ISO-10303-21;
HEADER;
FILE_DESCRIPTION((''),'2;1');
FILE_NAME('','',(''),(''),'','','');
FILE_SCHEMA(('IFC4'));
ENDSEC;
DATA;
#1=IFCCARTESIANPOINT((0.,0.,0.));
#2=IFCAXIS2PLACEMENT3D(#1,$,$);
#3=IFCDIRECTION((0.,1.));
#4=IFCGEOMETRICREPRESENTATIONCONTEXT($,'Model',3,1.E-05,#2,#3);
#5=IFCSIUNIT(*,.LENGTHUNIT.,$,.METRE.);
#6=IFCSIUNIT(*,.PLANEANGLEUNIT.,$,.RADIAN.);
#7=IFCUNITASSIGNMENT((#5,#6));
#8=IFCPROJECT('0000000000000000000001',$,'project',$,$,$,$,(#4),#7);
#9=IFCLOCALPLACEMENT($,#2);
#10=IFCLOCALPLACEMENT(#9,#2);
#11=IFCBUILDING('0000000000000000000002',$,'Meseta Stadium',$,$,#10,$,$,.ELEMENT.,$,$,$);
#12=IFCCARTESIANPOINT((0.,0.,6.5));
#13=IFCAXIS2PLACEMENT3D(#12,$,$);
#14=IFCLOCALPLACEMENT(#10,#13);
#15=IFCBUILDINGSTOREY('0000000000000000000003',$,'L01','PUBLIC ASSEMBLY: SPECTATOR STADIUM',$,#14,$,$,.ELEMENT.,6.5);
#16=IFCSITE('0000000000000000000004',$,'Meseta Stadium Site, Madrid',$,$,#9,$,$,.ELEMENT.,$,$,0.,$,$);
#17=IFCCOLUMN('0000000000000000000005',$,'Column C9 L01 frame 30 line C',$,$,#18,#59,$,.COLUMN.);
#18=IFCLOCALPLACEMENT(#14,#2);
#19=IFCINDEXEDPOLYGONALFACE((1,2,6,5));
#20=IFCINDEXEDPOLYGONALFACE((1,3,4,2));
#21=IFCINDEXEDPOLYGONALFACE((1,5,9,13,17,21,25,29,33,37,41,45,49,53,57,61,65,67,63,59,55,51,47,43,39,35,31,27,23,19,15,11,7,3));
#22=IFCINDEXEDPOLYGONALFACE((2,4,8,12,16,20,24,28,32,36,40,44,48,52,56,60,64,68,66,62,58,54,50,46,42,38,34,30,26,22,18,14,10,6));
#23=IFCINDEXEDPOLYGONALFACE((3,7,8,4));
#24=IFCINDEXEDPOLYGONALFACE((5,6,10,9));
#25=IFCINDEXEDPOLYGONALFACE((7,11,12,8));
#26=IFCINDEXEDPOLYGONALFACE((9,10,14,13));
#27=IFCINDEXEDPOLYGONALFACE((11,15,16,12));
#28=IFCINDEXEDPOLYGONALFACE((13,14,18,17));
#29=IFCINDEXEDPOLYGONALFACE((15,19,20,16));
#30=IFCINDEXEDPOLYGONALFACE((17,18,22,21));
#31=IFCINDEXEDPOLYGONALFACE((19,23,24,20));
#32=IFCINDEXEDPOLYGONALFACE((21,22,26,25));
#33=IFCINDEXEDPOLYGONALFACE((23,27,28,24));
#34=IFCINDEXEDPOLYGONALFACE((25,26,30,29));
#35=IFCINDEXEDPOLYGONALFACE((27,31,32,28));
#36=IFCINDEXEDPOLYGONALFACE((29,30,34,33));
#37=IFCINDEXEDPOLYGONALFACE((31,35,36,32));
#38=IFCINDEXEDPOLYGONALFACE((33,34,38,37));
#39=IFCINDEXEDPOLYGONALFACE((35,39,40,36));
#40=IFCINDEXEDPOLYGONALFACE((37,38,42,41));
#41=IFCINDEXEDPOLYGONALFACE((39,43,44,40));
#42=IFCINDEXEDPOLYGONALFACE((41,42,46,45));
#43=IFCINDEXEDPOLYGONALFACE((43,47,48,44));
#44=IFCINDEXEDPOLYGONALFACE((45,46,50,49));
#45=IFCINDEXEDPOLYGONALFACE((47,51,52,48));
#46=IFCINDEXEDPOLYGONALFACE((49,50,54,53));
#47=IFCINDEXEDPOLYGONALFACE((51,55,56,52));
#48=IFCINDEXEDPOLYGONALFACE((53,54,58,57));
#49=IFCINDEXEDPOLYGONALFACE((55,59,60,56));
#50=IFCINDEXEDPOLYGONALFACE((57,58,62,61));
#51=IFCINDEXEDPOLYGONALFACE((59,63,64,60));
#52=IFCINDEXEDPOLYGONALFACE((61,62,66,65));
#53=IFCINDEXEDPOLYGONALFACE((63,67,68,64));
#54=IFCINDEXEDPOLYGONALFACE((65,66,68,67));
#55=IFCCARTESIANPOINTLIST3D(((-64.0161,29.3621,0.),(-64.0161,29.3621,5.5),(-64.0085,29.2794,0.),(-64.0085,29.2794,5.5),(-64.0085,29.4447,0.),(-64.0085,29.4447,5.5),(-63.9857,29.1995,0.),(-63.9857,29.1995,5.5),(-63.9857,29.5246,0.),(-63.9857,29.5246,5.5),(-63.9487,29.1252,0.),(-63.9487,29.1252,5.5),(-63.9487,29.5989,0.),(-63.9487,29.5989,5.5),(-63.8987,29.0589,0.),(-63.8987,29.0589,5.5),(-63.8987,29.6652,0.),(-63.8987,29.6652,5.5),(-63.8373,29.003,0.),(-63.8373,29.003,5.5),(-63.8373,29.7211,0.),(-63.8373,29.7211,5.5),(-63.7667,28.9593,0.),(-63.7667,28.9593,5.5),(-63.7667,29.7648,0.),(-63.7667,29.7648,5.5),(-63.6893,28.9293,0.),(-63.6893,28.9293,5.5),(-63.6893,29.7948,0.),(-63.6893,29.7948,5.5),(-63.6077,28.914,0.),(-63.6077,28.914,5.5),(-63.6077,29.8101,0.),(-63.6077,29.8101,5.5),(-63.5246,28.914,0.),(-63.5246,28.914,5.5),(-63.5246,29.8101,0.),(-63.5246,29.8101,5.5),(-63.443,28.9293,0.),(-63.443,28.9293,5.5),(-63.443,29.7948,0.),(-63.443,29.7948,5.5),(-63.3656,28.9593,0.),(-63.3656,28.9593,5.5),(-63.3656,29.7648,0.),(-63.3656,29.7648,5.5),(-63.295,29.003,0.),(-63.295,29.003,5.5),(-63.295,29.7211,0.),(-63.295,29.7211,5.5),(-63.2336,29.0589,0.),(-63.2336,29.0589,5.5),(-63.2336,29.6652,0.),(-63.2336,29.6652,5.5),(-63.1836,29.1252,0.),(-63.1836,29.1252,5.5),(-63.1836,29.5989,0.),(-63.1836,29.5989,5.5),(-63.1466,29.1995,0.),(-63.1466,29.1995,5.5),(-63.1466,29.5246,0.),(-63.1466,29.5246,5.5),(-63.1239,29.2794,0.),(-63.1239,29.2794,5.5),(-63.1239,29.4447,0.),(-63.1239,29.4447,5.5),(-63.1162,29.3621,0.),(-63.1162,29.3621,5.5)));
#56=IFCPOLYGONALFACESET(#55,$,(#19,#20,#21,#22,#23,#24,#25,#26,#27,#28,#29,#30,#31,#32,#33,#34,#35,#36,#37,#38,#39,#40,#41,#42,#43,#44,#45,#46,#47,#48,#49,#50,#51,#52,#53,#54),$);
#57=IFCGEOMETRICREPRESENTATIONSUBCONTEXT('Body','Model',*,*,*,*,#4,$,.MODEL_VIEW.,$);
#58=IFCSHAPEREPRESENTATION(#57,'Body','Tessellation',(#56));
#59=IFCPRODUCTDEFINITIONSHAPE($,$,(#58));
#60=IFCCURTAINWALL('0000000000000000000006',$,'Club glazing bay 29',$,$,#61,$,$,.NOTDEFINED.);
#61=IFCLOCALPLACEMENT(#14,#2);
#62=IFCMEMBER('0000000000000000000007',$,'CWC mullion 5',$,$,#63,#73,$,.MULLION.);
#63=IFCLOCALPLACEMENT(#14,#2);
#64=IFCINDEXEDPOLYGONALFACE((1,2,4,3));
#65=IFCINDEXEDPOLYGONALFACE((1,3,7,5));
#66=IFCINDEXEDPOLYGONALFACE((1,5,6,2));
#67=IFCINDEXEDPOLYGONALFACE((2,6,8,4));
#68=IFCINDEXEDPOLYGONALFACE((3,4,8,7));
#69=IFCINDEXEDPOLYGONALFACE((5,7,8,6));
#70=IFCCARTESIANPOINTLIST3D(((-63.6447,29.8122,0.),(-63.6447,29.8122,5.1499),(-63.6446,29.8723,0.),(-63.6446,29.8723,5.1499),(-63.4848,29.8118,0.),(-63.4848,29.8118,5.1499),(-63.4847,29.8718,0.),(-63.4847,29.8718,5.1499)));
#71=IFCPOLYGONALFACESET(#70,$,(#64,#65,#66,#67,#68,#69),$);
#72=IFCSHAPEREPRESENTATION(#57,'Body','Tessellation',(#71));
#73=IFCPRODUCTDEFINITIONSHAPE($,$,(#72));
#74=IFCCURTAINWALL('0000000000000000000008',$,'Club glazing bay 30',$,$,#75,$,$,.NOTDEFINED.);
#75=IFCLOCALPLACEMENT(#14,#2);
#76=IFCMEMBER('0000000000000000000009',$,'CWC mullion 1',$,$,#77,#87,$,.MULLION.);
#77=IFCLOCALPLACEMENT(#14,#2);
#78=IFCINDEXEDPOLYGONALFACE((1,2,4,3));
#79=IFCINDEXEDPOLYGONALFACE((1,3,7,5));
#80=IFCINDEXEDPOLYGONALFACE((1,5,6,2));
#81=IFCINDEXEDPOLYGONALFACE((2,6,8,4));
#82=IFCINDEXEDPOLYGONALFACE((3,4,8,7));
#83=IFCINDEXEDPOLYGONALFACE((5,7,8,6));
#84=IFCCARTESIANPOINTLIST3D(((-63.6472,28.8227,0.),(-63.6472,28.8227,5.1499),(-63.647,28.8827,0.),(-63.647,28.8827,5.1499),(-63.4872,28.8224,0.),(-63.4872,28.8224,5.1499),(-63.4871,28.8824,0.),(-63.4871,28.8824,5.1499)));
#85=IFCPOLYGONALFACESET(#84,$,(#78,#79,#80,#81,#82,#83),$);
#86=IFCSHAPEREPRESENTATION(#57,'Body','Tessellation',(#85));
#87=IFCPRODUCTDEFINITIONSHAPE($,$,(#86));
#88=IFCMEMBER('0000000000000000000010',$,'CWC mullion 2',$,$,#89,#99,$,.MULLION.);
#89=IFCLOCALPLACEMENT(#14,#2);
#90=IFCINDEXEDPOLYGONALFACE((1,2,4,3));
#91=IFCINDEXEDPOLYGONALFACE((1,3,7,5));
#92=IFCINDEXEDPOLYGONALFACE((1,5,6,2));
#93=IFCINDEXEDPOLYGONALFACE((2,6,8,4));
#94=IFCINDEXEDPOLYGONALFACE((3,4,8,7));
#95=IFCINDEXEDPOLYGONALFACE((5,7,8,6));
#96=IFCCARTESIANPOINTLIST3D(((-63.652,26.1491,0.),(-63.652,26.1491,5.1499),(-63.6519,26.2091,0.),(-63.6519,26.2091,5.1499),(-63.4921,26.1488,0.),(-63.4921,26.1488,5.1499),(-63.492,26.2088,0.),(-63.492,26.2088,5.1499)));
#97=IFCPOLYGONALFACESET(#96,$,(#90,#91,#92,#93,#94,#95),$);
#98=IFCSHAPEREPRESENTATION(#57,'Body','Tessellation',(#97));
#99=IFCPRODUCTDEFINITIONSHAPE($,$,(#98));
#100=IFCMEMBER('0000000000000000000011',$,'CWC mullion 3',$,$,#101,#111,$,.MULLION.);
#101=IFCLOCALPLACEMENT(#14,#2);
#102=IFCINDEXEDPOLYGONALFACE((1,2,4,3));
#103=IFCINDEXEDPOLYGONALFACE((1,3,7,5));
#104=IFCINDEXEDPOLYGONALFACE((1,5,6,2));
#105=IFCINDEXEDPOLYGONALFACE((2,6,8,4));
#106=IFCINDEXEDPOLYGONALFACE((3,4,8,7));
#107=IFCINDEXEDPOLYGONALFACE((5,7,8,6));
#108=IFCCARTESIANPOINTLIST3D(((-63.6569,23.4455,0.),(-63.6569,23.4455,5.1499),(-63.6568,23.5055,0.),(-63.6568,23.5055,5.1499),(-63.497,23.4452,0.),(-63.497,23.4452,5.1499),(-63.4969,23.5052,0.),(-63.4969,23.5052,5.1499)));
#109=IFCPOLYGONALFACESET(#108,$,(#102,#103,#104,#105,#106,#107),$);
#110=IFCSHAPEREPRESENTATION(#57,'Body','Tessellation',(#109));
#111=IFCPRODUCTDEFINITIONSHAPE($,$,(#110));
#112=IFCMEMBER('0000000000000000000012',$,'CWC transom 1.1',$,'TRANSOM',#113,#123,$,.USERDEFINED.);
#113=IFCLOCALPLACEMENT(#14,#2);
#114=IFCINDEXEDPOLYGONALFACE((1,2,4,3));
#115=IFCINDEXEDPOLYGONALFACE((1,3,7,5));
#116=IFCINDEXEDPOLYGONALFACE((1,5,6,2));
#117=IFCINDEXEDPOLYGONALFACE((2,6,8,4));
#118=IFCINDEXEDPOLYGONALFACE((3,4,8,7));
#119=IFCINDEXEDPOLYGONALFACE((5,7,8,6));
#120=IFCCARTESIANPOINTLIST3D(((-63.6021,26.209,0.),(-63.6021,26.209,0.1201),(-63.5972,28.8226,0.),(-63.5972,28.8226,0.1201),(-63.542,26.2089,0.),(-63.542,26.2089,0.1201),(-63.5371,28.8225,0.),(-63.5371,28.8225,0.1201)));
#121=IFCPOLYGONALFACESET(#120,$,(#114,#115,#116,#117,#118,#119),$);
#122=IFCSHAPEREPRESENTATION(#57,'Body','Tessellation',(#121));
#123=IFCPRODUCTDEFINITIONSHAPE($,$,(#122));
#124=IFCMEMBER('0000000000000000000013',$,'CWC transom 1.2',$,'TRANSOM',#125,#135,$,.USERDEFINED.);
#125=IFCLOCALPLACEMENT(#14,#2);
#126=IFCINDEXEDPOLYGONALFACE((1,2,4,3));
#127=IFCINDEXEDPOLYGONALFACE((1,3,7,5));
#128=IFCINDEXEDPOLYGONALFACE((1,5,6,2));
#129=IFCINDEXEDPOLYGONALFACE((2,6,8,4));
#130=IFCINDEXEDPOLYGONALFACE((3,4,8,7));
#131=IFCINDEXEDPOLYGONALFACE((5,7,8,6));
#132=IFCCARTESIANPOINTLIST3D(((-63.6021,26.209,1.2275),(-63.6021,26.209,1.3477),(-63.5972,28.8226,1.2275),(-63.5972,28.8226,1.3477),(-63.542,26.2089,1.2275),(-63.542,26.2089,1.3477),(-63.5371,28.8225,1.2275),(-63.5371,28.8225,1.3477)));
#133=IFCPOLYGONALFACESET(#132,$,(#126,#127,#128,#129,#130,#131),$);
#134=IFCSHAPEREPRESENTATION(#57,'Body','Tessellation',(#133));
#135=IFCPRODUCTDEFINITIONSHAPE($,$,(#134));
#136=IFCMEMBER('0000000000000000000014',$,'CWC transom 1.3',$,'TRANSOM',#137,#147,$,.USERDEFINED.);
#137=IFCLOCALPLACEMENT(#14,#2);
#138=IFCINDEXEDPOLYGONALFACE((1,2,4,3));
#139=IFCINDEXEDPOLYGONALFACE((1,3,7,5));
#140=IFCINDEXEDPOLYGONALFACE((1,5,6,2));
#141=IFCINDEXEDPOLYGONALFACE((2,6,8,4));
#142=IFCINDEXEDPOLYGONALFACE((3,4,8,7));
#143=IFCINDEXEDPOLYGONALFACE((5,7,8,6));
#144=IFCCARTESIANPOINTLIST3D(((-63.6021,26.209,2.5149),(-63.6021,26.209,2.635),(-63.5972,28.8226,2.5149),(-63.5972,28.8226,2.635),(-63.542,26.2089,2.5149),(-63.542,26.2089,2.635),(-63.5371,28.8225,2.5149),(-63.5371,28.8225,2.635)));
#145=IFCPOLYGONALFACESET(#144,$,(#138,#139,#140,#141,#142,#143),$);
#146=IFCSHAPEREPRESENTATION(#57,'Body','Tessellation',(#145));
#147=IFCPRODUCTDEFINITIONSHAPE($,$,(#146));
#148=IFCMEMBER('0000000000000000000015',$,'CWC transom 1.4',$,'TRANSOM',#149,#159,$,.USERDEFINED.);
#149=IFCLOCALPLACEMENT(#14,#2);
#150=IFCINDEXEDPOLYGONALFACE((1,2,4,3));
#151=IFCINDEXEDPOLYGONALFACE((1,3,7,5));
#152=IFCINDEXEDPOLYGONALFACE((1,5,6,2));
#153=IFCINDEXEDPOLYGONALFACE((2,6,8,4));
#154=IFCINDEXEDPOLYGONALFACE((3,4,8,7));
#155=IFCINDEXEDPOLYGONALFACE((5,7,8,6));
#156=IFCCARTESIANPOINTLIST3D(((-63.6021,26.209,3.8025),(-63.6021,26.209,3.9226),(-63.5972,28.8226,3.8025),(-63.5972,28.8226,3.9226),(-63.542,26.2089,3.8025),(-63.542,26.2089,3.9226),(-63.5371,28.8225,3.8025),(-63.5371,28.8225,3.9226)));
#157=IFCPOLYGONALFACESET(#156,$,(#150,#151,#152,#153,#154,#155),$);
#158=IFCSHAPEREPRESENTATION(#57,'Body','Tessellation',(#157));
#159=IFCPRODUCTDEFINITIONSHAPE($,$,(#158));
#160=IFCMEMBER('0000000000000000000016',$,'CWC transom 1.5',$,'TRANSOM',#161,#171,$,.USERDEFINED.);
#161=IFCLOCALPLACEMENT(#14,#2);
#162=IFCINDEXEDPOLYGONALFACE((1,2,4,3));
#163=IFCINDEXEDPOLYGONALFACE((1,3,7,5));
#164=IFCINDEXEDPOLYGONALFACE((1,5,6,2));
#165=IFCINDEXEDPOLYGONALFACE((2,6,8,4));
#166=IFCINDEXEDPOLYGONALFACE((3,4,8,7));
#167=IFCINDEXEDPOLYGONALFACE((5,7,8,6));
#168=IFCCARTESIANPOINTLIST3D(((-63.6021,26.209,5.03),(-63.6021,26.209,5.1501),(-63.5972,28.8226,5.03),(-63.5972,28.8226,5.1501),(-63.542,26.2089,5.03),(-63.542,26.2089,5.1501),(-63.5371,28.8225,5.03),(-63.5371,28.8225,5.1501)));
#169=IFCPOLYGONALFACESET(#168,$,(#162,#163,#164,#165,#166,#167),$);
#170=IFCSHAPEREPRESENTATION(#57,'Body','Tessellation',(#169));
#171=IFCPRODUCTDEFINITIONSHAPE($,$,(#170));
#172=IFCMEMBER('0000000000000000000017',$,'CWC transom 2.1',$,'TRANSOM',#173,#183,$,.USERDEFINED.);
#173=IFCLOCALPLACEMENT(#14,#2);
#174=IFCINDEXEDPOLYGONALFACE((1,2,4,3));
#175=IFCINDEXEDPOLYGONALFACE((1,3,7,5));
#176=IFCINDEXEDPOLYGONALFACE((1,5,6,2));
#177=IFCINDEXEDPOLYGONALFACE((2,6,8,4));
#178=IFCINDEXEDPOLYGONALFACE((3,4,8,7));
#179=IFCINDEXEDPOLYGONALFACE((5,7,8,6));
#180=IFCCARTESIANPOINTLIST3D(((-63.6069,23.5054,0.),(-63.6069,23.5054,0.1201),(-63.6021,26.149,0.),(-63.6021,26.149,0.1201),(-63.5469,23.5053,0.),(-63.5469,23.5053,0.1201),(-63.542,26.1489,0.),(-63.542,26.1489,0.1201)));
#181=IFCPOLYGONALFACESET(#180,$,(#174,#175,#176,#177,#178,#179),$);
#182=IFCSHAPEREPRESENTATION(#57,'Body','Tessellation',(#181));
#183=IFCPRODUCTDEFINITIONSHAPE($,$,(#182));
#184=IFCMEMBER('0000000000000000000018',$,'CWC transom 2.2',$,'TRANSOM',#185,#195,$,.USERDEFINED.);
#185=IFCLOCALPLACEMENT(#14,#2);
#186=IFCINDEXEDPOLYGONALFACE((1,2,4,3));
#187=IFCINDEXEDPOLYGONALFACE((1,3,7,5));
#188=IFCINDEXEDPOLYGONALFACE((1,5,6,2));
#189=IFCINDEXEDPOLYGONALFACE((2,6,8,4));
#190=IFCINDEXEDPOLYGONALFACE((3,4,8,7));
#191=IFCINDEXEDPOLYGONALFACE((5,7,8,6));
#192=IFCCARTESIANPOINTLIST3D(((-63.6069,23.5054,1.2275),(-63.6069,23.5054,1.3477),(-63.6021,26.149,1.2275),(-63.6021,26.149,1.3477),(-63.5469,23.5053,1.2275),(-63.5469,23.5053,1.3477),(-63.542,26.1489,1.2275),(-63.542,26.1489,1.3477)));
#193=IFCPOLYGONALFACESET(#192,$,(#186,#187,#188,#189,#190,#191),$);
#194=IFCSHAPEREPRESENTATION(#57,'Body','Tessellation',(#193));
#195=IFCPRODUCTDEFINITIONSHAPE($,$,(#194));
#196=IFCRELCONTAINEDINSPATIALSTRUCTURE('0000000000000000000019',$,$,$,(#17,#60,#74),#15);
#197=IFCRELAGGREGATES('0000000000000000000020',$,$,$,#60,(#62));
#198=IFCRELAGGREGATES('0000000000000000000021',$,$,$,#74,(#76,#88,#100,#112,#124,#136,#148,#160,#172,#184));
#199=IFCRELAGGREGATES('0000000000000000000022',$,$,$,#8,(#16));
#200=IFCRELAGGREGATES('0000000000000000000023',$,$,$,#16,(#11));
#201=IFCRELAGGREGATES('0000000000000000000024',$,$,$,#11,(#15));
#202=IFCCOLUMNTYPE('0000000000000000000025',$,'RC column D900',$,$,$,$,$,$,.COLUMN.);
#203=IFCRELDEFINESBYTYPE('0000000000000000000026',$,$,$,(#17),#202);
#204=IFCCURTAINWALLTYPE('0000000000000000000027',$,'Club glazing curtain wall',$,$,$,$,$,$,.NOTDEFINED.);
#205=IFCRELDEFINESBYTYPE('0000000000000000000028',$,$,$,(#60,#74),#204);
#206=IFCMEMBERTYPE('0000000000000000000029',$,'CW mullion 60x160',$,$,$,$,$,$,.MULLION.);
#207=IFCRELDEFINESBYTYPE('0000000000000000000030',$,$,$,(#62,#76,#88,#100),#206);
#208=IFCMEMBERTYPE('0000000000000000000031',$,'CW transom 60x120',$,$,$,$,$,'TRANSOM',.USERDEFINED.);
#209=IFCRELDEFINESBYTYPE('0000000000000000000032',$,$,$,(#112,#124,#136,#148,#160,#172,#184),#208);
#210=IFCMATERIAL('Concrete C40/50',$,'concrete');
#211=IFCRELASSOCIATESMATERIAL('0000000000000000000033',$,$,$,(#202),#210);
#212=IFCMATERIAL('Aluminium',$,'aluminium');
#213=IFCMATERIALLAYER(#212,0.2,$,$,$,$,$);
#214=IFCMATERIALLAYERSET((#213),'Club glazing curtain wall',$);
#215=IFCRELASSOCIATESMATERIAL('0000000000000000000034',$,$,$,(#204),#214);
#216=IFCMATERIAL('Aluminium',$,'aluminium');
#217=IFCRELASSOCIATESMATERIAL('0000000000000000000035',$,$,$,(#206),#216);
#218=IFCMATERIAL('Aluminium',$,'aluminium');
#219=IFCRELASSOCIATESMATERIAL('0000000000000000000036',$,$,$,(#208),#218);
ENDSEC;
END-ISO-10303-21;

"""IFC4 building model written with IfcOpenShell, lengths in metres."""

from ifc_helpers import new_model, si_unit, direction, frame, origin, origin_2d, place, context, subcontext, project, spatial, rectangle, circle, extrude, material, layer, layer_set, material_profile, profile_set, type_object, element, aggregate, save


model = new_model("IFC4")

# Units and contexts
model_context = context("Model", 3, precision=1e-05, world=origin(), true_north=direction((0.0, 1.0)))
body_context = subcontext(model_context, "Body", "Model", "MODEL_VIEW")
ifc_project = project(units=[si_unit("LENGTHUNIT", "METRE"), si_unit("PLANEANGLEUNIT", "RADIAN")], contexts=[model_context])

# Site, building, storey
site_placement = place(None, origin())
site = spatial("IfcSite", under=ifc_project, at=site_placement, Name="Meseta Stadium Site, Madrid", CompositionType="ELEMENT", RefElevation=0.0)
building_placement = place(site_placement, origin())
building = spatial("IfcBuilding", under=site, at=building_placement, Name="Meseta Stadium", CompositionType="ELEMENT")
storey_placement = place(building_placement, frame((0.0, 0.0, 6.5)))
storey = spatial("IfcBuildingStorey", under=building, at=storey_placement, Name="L01", Description="PUBLIC ASSEMBLY: SPECTATOR STADIUM", CompositionType="ELEMENT", Elevation=6.5)

# Column
ifc_material_1 = material(Name="Concrete C40/50", Category="concrete")
ifc_material_profile_1 = material_profile(ifc_material_1, circle(Radius=0.45, at=origin_2d()), Name="RC D900")
ifc_profile_set_1 = profile_set([ifc_material_profile_1], Name="Concrete C40/50")
column_type = type_object("IfcColumnType", Name="RC column D900", PredefinedType="COLUMN", material=ifc_profile_set_1)
column_placement = place(storey_placement, frame((-63.5662, 29.3621, 0.0), z_axis=(0.0, 0.0, 1.0), x_axis=(1.0, 0.0, 0.0)))
element("IfcColumn", 1, at=column_placement, inside=storey, type_object=column_type, Name="Column C9 L01 frame 30 line C", PredefinedType="COLUMN", context=body_context, shape_type="SweptSolid", body=[
    extrude(circle(Radius=0.45, at=origin_2d()), origin(), (0.0, 0.0, 1.0), 5.5),
])

# Curtain wall, member
ifc_material_2 = material(Name="Aluminium", Category="aluminium")
ifc_layer_1 = layer(ifc_material_2, 0.2)
ifc_layer_set_1 = layer_set([ifc_layer_1], Name="Club glazing curtain wall")
curtain_wall_type = type_object("IfcCurtainWallType", Name="Club glazing curtain wall", PredefinedType="NOTDEFINED", material=ifc_layer_set_1)
curtain_wall_1_placement = place(storey_placement, origin())
curtain_wall_1 = element("IfcCurtainWall", 2, at=curtain_wall_1_placement, inside=storey, type_object=curtain_wall_type, Name="Club glazing bay 29", PredefinedType="NOTDEFINED")
ifc_material_3 = material(Name="Aluminium", Category="aluminium")
ifc_material_profile_2 = material_profile(ifc_material_3, rectangle(XDim=0.1599, YDim=0.0601, at=origin_2d()), Name="CW 160x60")
ifc_profile_set_2 = profile_set([ifc_material_profile_2], Name="Aluminium")
member_type_1 = type_object("IfcMemberType", Name="CW mullion 60x160", PredefinedType="MULLION", material=ifc_profile_set_2)
member_1_placement = place(storey_placement, frame((-63.5647, 29.842, 0.0), z_axis=(0.0, 0.0, 1.0), x_axis=(0.999996, -0.002758, 0.0)))
member_1 = element("IfcMember", 3, at=member_1_placement, type_object=member_type_1, Name="CWC mullion 5", PredefinedType="MULLION", context=body_context, shape_type="SweptSolid", body=[
    extrude(rectangle(XDim=0.1599, YDim=0.0601, at=origin_2d()), origin(), (0.0, 0.0, 1.0), 5.1499),
])

# Curtain wall, members
curtain_wall_2_placement = place(storey_placement, origin())
curtain_wall_2 = element("IfcCurtainWall", 4, at=curtain_wall_2_placement, inside=storey, type_object=curtain_wall_type, Name="Club glazing bay 30", PredefinedType="NOTDEFINED")
member_2_placement = place(storey_placement, frame((-63.5671, 28.8525, 0.0), z_axis=(0.0, 0.0, 1.0), x_axis=(0.999998, -0.001845, 0.0)))
member_2 = element("IfcMember", 5, at=member_2_placement, type_object=member_type_1, Name="CWC mullion 1", PredefinedType="MULLION", context=body_context, shape_type="SweptSolid", body=[
    extrude(rectangle(XDim=0.1599, YDim=0.0601, at=origin_2d()), origin(), (0.0, 0.0, 1.0), 5.1499),
])
member_3_placement = place(storey_placement, frame((-63.572, 26.179, 0.0), z_axis=(0.0, 0.0, 1.0), x_axis=(0.999998, -0.001845, 0.0)))
member_3 = element("IfcMember", 6, at=member_3_placement, type_object=member_type_1, Name="CWC mullion 2", PredefinedType="MULLION", context=body_context, shape_type="SweptSolid", body=[
    extrude(rectangle(XDim=0.1599, YDim=0.0601, at=origin_2d()), origin(), (0.0, 0.0, 1.0), 5.1499),
])
member_4_placement = place(storey_placement, frame((-63.5769, 23.4753, 0.0), z_axis=(0.0, 0.0, 1.0), x_axis=(0.999998, -0.001845, 0.0)))
member_4 = element("IfcMember", 7, at=member_4_placement, type_object=member_type_1, Name="CWC mullion 3", PredefinedType="MULLION", context=body_context, shape_type="SweptSolid", body=[
    extrude(rectangle(XDim=0.1599, YDim=0.0601, at=origin_2d()), origin(), (0.0, 0.0, 1.0), 5.1499),
])
ifc_material_4 = material(Name="Aluminium", Category="aluminium")
ifc_material_profile_3 = material_profile(ifc_material_4, rectangle(XDim=0.0601, YDim=0.1201, at=origin_2d()), Name="CW 60x120")
ifc_profile_set_3 = profile_set([ifc_material_profile_3], Name="Aluminium")
member_type_2 = type_object("IfcMemberType", Name="CW transom 60x120", ElementType="TRANSOM", PredefinedType="USERDEFINED", material=ifc_profile_set_3)
member_5_placement = place(storey_placement, frame((-63.5671, 28.8225, 0.0601), z_axis=(-0.001868, -0.999998, 0.0), x_axis=(0.999998, -0.001868, 0.0)))
member_5 = element("IfcMember", 8, at=member_5_placement, type_object=member_type_2, Name="CWC transom 1.1", ObjectType="TRANSOM", PredefinedType="USERDEFINED", context=body_context, shape_type="SweptSolid", body=[
    extrude(rectangle(XDim=0.0601, YDim=0.1201, at=origin_2d()), origin(), (0.0, 0.0, 1.0), 2.6135),
])
member_6_placement = place(storey_placement, frame((-63.5671, 28.8225, 1.2876), z_axis=(-0.001868, -0.999998, 0.0), x_axis=(0.999998, -0.001868, 0.0)))
member_6 = element("IfcMember", 9, at=member_6_placement, type_object=member_type_2, Name="CWC transom 1.2", ObjectType="TRANSOM", PredefinedType="USERDEFINED", context=body_context, shape_type="SweptSolid", body=[
    extrude(rectangle(XDim=0.0601, YDim=0.1201, at=origin_2d()), origin(), (0.0, 0.0, 1.0), 2.6135),
])
member_7_placement = place(storey_placement, frame((-63.5671, 28.8225, 2.575), z_axis=(-0.001868, -0.999998, 0.0), x_axis=(0.999998, -0.001868, 0.0)))
member_7 = element("IfcMember", 10, at=member_7_placement, type_object=member_type_2, Name="CWC transom 1.3", ObjectType="TRANSOM", PredefinedType="USERDEFINED", context=body_context, shape_type="SweptSolid", body=[
    extrude(rectangle(XDim=0.0601, YDim=0.1201, at=origin_2d()), origin(), (0.0, 0.0, 1.0), 2.6135),
])
member_8_placement = place(storey_placement, frame((-63.5671, 28.8225, 3.8625), z_axis=(-0.001868, -0.999998, 0.0), x_axis=(0.999998, -0.001868, 0.0)))
member_8 = element("IfcMember", 11, at=member_8_placement, type_object=member_type_2, Name="CWC transom 1.4", ObjectType="TRANSOM", PredefinedType="USERDEFINED", context=body_context, shape_type="SweptSolid", body=[
    extrude(rectangle(XDim=0.0601, YDim=0.1201, at=origin_2d()), origin(), (0.0, 0.0, 1.0), 2.6135),
])
member_9_placement = place(storey_placement, frame((-63.5671, 28.8225, 5.0901), z_axis=(-0.001868, -0.999998, 0.0), x_axis=(0.999998, -0.001868, 0.0)))
member_9 = element("IfcMember", 12, at=member_9_placement, type_object=member_type_2, Name="CWC transom 1.5", ObjectType="TRANSOM", PredefinedType="USERDEFINED", context=body_context, shape_type="SweptSolid", body=[
    extrude(rectangle(XDim=0.0601, YDim=0.1201, at=origin_2d()), origin(), (0.0, 0.0, 1.0), 2.6135),
])
member_10_placement = place(storey_placement, frame((-63.572, 26.1489, 0.0601), z_axis=(-0.001847, -0.999998, 0.0), x_axis=(0.999998, -0.001847, 0.0)))
member_10 = element("IfcMember", 13, at=member_10_placement, type_object=member_type_2, Name="CWC transom 2.1", ObjectType="TRANSOM", PredefinedType="USERDEFINED", context=body_context, shape_type="SweptSolid", body=[
    extrude(rectangle(XDim=0.0601, YDim=0.1201, at=origin_2d()), origin(), (0.0, 0.0, 1.0), 2.6436),
])
member_11_placement = place(storey_placement, frame((-63.572, 26.1489, 1.2876), z_axis=(-0.001847, -0.999998, 0.0), x_axis=(0.999998, -0.001847, 0.0)))
member_11 = element("IfcMember", 14, at=member_11_placement, type_object=member_type_2, Name="CWC transom 2.2", ObjectType="TRANSOM", PredefinedType="USERDEFINED", context=body_context, shape_type="SweptSolid", body=[
    extrude(rectangle(XDim=0.0601, YDim=0.1201, at=origin_2d()), origin(), (0.0, 0.0, 1.0), 2.6436),
])

aggregate(curtain_wall_1, [member_1])
aggregate(curtain_wall_2, [member_2, member_3, member_4, member_5, member_6, member_7, member_8, member_9, member_10, member_11])

save(model, "model.ifc")
